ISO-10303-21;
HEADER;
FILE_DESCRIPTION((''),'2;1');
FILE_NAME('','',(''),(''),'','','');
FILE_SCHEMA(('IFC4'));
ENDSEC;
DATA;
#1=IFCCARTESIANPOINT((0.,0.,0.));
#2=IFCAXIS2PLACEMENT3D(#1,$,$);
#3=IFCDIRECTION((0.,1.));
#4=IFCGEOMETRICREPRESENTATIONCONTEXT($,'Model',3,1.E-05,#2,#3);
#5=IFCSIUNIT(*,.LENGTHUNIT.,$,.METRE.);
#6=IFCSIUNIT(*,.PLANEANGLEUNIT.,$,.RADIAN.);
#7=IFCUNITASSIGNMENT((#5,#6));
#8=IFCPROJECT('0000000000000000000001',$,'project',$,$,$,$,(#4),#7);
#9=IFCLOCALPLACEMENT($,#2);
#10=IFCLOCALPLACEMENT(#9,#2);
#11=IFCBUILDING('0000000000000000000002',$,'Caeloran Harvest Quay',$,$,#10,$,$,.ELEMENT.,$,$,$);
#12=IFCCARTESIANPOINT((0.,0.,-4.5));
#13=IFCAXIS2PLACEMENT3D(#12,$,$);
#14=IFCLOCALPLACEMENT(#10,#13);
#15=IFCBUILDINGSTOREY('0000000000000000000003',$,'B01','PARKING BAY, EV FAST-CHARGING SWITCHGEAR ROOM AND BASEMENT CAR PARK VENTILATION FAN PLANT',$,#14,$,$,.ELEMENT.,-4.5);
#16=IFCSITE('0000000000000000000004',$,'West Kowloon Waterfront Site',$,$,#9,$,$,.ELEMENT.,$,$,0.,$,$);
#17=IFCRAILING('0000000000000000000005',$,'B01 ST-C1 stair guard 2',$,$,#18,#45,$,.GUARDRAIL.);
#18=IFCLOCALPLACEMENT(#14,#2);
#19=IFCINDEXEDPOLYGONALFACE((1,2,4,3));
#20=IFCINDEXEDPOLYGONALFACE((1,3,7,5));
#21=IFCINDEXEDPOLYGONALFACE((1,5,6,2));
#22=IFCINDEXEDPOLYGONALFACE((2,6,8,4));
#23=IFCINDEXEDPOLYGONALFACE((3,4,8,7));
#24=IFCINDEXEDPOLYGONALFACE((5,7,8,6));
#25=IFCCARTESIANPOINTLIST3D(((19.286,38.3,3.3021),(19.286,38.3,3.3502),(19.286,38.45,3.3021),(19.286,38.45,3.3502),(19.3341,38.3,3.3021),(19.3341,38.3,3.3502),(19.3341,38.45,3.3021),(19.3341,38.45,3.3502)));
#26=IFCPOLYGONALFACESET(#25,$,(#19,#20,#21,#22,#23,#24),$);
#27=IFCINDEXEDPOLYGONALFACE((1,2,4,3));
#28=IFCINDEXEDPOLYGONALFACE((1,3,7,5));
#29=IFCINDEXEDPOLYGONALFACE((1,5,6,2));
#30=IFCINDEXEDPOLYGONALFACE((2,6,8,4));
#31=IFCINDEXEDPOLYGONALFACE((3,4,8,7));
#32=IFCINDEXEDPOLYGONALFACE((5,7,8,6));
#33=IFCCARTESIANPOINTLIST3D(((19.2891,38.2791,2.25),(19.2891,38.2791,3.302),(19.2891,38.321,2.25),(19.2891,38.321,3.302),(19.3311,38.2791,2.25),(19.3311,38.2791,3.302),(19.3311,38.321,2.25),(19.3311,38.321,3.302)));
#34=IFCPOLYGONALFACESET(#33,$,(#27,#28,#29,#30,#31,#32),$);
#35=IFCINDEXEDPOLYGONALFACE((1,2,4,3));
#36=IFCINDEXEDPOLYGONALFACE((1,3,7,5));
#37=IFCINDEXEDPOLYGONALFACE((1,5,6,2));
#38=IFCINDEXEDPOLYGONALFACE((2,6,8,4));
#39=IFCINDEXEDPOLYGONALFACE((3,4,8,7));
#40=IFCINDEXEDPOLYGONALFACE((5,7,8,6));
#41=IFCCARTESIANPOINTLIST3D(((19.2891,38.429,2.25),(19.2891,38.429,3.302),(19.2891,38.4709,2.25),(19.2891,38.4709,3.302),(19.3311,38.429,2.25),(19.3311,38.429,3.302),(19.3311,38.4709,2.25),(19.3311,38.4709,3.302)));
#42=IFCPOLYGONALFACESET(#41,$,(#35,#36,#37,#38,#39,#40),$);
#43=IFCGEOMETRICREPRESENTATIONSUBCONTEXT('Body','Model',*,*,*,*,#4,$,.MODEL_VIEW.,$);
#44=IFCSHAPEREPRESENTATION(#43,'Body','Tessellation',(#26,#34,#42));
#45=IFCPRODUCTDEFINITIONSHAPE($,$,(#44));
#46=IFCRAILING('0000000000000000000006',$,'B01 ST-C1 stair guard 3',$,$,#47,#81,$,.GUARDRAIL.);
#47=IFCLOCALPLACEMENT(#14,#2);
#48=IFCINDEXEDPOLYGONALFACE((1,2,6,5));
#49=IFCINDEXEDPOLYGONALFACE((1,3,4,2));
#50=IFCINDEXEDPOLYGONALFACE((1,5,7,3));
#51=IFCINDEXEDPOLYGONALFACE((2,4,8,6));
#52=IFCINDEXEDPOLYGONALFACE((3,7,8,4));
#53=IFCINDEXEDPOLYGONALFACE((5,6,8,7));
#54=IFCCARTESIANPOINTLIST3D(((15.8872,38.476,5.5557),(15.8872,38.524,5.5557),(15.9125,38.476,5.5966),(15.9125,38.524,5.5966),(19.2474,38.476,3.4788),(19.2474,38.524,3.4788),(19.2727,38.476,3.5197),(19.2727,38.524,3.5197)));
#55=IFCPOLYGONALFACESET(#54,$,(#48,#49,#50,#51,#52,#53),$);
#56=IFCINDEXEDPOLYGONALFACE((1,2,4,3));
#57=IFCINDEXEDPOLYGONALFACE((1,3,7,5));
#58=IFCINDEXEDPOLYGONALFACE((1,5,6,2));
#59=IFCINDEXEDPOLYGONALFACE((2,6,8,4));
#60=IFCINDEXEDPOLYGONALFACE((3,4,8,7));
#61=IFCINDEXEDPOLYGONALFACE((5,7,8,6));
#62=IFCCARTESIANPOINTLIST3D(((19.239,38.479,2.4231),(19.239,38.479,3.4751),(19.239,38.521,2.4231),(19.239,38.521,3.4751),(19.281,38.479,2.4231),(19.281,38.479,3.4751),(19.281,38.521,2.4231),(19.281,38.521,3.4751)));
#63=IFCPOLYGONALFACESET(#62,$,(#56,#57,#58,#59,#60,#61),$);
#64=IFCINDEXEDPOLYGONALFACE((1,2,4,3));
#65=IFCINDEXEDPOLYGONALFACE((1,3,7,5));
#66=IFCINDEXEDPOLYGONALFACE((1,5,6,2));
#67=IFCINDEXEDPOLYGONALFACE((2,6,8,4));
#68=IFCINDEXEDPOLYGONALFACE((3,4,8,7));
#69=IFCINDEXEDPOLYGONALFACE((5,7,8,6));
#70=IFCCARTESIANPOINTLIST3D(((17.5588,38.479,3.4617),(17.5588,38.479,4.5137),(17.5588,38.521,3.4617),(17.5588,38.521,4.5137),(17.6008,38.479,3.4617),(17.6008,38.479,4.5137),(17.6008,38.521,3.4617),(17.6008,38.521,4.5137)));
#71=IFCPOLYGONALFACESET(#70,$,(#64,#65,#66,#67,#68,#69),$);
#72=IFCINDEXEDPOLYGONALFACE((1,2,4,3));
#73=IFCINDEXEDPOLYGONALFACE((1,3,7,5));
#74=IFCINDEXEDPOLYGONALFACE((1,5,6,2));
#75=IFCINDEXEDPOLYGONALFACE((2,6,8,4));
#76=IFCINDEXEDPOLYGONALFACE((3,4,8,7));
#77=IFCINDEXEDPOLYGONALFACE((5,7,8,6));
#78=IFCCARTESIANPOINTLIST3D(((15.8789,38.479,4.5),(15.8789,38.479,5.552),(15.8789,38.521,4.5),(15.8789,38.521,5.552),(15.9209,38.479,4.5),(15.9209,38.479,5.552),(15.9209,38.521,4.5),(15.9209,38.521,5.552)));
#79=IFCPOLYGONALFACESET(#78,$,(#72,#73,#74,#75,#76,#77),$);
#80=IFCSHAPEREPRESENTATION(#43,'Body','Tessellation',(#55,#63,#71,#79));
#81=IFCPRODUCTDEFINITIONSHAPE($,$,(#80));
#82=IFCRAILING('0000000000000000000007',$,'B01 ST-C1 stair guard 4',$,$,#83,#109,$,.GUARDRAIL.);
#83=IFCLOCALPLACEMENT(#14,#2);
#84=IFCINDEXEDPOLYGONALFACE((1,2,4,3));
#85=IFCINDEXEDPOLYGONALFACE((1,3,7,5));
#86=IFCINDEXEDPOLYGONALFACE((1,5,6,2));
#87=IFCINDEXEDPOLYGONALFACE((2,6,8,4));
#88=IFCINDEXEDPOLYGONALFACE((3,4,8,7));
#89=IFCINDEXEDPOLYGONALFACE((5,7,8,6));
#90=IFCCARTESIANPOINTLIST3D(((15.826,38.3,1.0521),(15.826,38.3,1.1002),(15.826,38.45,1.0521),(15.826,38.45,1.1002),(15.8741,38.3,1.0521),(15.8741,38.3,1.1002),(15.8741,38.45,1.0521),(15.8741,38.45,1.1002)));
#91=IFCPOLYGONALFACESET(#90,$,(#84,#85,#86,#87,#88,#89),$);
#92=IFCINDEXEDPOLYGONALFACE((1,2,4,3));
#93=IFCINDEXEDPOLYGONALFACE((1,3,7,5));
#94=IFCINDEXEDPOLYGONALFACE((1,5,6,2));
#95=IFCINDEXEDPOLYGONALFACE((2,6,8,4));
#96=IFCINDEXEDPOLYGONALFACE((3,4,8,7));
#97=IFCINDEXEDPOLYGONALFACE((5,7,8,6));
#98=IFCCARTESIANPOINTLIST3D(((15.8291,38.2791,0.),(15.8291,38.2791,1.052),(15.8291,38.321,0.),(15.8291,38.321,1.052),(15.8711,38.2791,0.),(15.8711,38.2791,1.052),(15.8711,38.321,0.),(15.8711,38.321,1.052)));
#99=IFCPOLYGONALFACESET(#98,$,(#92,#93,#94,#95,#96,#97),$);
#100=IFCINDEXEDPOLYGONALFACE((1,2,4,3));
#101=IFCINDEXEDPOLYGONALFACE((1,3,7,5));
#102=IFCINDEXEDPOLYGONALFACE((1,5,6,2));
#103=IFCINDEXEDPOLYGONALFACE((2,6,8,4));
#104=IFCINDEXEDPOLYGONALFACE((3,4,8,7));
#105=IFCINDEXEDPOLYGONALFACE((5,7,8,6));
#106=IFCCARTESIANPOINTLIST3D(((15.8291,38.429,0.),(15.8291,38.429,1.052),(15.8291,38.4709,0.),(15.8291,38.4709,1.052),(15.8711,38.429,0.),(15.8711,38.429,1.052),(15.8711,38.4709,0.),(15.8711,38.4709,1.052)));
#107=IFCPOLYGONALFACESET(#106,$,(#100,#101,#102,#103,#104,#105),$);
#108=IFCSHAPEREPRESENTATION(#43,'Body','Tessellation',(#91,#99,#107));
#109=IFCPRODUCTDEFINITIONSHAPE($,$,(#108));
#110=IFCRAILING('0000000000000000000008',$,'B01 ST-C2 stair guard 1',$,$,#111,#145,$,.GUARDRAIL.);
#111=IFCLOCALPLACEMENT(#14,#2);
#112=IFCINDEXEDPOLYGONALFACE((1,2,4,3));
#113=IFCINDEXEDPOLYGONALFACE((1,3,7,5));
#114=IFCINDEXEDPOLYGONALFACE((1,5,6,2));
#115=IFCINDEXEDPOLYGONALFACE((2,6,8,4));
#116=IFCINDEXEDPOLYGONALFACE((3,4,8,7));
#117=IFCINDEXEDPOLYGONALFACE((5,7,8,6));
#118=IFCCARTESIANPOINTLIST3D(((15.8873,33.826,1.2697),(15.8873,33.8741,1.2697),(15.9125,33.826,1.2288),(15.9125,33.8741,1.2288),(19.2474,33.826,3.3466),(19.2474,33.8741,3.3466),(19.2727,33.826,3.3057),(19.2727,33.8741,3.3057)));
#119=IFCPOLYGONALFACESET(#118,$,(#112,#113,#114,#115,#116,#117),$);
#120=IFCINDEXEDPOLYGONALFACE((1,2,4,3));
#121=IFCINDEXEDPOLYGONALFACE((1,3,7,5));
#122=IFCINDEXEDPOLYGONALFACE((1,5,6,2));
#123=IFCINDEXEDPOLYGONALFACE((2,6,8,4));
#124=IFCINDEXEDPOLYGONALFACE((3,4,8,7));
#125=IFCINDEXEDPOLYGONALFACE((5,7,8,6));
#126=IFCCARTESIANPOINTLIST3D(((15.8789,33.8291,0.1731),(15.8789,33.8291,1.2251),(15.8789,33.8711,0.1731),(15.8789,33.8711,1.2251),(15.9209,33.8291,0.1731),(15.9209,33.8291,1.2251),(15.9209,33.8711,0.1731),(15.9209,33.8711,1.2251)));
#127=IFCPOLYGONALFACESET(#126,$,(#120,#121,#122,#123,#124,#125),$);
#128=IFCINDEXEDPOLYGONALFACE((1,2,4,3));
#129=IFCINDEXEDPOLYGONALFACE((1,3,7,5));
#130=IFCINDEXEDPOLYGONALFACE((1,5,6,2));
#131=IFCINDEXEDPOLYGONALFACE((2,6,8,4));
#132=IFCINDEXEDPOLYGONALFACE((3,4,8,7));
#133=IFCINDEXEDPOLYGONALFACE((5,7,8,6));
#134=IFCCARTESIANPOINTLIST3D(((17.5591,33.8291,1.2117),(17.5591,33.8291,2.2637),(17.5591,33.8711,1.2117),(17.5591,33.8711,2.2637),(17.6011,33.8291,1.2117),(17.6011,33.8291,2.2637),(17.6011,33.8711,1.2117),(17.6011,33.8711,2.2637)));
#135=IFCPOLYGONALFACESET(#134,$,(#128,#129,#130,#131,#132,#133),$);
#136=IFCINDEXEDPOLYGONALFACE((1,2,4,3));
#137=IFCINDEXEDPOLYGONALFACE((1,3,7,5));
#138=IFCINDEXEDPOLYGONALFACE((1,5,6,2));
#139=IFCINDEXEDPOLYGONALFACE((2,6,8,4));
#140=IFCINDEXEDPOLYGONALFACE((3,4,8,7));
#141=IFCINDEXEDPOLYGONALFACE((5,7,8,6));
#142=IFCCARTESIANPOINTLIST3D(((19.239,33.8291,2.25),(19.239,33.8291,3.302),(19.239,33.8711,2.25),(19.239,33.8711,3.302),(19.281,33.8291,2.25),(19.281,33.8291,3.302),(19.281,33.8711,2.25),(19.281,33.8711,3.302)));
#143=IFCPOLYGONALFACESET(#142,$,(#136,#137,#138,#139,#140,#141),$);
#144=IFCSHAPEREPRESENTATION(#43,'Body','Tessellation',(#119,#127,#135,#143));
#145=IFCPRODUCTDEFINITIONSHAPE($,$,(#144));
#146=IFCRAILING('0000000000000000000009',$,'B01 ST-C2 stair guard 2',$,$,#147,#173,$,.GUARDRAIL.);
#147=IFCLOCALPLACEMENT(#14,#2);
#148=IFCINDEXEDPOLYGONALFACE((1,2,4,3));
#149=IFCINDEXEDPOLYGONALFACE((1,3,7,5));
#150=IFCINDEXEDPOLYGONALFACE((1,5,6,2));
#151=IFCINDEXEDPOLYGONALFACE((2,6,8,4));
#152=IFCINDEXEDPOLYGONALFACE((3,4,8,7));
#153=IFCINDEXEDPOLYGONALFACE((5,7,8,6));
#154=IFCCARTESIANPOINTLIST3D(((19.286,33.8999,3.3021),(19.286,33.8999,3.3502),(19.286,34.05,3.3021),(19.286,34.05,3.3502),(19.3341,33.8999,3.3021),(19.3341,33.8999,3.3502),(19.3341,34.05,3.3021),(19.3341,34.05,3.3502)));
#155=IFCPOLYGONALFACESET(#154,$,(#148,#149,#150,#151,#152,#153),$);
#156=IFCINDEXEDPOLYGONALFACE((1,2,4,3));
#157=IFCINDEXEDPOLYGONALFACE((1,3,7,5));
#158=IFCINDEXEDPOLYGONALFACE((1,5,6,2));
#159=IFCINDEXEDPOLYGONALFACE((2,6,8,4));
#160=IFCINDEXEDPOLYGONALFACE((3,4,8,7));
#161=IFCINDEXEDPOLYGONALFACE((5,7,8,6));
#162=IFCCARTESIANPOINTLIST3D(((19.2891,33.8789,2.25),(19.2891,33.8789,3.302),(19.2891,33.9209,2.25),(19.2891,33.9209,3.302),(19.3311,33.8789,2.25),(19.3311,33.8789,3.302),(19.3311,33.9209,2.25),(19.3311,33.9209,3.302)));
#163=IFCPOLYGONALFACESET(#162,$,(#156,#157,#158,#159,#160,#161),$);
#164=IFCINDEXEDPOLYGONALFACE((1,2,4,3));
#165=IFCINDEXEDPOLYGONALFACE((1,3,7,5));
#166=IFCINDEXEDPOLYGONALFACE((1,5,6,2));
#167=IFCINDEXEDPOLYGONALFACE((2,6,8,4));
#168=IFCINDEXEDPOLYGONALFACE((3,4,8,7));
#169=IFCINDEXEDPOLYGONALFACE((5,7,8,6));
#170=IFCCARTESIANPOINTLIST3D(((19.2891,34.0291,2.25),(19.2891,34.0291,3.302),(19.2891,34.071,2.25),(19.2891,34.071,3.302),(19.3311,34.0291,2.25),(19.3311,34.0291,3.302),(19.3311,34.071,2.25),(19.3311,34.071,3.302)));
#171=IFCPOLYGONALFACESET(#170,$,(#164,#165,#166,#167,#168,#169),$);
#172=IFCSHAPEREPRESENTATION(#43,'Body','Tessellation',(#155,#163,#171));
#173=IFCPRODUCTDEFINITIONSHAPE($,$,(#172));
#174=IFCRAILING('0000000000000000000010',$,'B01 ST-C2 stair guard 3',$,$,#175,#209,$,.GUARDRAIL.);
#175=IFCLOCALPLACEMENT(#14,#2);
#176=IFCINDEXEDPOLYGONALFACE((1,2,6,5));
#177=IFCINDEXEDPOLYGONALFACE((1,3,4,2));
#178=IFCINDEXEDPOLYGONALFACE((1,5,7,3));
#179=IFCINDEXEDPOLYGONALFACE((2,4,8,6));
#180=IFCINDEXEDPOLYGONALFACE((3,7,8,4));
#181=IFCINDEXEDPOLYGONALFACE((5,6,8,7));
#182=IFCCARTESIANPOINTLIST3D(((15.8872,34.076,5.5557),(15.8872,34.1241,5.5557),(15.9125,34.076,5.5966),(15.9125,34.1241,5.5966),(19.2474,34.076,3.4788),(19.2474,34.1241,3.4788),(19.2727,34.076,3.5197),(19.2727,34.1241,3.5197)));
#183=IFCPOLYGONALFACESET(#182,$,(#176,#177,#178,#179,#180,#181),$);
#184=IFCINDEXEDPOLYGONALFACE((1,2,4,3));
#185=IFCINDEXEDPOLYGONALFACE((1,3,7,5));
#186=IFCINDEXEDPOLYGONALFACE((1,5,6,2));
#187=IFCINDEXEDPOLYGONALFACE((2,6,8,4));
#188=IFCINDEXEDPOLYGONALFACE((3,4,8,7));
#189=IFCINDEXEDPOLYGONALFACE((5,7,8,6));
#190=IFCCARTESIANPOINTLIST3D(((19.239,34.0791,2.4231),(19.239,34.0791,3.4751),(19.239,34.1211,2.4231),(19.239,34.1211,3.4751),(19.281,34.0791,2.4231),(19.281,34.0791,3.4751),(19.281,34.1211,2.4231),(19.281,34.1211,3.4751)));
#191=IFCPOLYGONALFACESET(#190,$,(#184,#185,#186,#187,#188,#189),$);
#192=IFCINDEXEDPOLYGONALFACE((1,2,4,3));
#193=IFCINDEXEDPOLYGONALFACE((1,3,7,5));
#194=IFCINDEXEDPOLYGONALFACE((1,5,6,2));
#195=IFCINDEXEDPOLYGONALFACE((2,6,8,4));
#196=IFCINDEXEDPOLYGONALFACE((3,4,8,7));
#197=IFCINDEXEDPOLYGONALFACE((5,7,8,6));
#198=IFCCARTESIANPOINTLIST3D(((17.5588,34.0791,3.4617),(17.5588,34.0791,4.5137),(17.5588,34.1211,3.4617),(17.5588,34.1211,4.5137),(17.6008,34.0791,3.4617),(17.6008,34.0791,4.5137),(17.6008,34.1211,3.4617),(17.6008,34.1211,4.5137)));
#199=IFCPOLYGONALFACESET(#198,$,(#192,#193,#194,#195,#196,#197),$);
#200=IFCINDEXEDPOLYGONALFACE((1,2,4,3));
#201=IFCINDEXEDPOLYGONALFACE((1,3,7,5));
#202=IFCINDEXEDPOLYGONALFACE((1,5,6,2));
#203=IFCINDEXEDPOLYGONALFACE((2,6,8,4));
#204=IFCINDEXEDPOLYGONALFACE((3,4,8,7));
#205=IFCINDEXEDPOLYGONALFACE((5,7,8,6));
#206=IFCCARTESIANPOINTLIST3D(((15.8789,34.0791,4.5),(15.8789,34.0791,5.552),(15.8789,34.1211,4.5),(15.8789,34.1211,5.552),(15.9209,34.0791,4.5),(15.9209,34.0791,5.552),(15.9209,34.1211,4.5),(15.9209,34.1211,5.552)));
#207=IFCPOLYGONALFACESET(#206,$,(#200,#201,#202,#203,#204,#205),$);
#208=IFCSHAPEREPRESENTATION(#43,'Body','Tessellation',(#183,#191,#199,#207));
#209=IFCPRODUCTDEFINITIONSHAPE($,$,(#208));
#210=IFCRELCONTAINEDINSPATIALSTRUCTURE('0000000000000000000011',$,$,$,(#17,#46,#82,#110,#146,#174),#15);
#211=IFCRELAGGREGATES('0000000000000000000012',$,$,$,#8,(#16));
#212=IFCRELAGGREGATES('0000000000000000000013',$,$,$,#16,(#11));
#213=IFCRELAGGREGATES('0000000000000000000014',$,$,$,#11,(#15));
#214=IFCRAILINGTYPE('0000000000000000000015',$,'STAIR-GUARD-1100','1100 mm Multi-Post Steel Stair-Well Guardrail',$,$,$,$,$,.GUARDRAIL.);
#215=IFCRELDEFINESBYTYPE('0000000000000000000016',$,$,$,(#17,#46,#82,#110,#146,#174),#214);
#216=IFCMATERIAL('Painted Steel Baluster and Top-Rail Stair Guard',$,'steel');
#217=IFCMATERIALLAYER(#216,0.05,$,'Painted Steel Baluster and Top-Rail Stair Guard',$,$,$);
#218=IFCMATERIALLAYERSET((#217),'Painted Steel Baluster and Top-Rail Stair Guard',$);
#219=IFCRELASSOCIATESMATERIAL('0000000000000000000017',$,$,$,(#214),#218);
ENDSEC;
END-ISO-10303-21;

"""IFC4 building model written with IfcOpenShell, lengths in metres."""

from ifc_helpers import new_model, si_unit, direction, frame, origin, origin_2d, place, context, subcontext, project, spatial, rectangle, extrude, material, layer, layer_set, type_object, element, save


model = new_model("IFC4")

# Units and contexts
model_context = context("Model", 3, precision=1e-05, world=origin(), true_north=direction((0.0, 1.0)))
body_context = subcontext(model_context, "Body", "Model", "MODEL_VIEW")
ifc_project = project(units=[si_unit("LENGTHUNIT", "METRE"), si_unit("PLANEANGLEUNIT", "RADIAN")], contexts=[model_context])

# Site, building, storey
site_placement = place(None, origin())
site = spatial("IfcSite", under=ifc_project, at=site_placement, Name="West Kowloon Waterfront Site", CompositionType="ELEMENT", RefElevation=0.0)
building_placement = place(site_placement, origin())
building = spatial("IfcBuilding", under=site, at=building_placement, Name="Caeloran Harvest Quay", CompositionType="ELEMENT")
storey_placement = place(building_placement, frame((0.0, 0.0, -4.5)))
storey = spatial("IfcBuildingStorey", under=building, at=storey_placement, Name="B01", Description="PARKING BAY, EV FAST-CHARGING SWITCHGEAR ROOM AND BASEMENT CAR PARK VENTILATION FAN PLANT", CompositionType="ELEMENT", Elevation=-4.5)

# Railings
ifc_material_1 = material(Name="Painted Steel Baluster and Top-Rail Stair Guard", Category="steel")
ifc_layer_1 = layer(ifc_material_1, 0.05, Name="Painted Steel Baluster and Top-Rail Stair Guard")
ifc_layer_set_1 = layer_set([ifc_layer_1], Name="Painted Steel Baluster and Top-Rail Stair Guard")
railing_type_1 = type_object("IfcRailingType", Name="STAIR-GUARD-1100", Description="1100 mm Multi-Post Steel Stair-Well Guardrail", PredefinedType="GUARDRAIL", material=ifc_layer_set_1)
railing_1_placement = place(storey_placement, frame((19.3101, 38.3, 2.25)))
element("IfcRailing", 1, at=railing_1_placement, inside=storey, type_object=railing_type_1, Name="B01 ST-C1 stair guard 2", PredefinedType="GUARDRAIL", context=body_context, shape_type="SweptSolid", body=[
    extrude(rectangle(XDim=0.0481, YDim=0.0481, at=origin_2d()), frame((0.0, 0.0, 1.0762), z_axis=(0.0, 1.0, 0.0), x_axis=(-1.0, 0.0, 0.0)), (0.0, 0.0, 1.0), 0.1499),
    extrude(rectangle(XDim=0.042, YDim=0.042, at=origin_2d()), origin(), (0.0, 0.0, 1.0), 1.052),
    extrude(rectangle(XDim=0.042, YDim=0.042, at=origin_2d()), frame((0.0, 0.1499, 0.0)), (0.0, 0.0, 1.0), 1.052),
])
railing_2_placement = place(storey_placement, frame((19.26, 38.5, 2.4231)))
element("IfcRailing", 2, at=railing_2_placement, inside=storey, type_object=railing_type_1, Name="B01 ST-C1 stair guard 3", PredefinedType="GUARDRAIL", context=body_context, shape_type="SweptSolid", body=[
    extrude(rectangle(XDim=0.0481, YDim=0.0481, at=origin_2d()), frame((0.0, 0.0, 1.0762), z_axis=(-0.850623, 0.0, 0.525776), x_axis=(0.0, -1.0, 0.0)), (0.0, 0.0, 1.0), 3.9502),
    extrude(rectangle(XDim=0.042, YDim=0.042, at=origin_2d()), origin(), (0.0, 0.0, 1.0), 1.052),
    extrude(rectangle(XDim=0.042, YDim=0.042, at=origin_2d()), frame((-1.6802, 0.0, 1.0386)), (0.0, 0.0, 1.0), 1.052),
    extrude(rectangle(XDim=0.042, YDim=0.042, at=origin_2d()), frame((-3.3601, 0.0, 2.0769)), (0.0, 0.0, 1.0), 1.052),
])
railing_3_placement = place(storey_placement, frame((15.8501, 38.3, 0.0)))
element("IfcRailing", 3, at=railing_3_placement, inside=storey, type_object=railing_type_1, Name="B01 ST-C1 stair guard 4", PredefinedType="GUARDRAIL", context=body_context, shape_type="SweptSolid", body=[
    extrude(rectangle(XDim=0.0481, YDim=0.0481, at=origin_2d()), frame((0.0, 0.0, 1.0762), z_axis=(0.0, 1.0, 0.0), x_axis=(-1.0, 0.0, 0.0)), (0.0, 0.0, 1.0), 0.1499),
    extrude(rectangle(XDim=0.042, YDim=0.042, at=origin_2d()), origin(), (0.0, 0.0, 1.0), 1.052),
    extrude(rectangle(XDim=0.042, YDim=0.042, at=origin_2d()), frame((0.0, 0.1499, 0.0)), (0.0, 0.0, 1.0), 1.052),
])
railing_4_placement = place(storey_placement, frame((15.8999, 33.8501, 0.1731)))
element("IfcRailing", 4, at=railing_4_placement, inside=storey, type_object=railing_type_1, Name="B01 ST-C2 stair guard 1", PredefinedType="GUARDRAIL", context=body_context, shape_type="SweptSolid", body=[
    extrude(rectangle(XDim=0.0481, YDim=0.0481, at=origin_2d()), frame((0.0, 0.0, 1.0762), z_axis=(0.850623, 0.0, 0.525776), x_axis=(0.0, 1.0, 0.0)), (0.0, 0.0, 1.0), 3.9502),
    extrude(rectangle(XDim=0.042, YDim=0.042, at=origin_2d()), origin(), (0.0, 0.0, 1.0), 1.052),
    extrude(rectangle(XDim=0.042, YDim=0.042, at=origin_2d()), frame((1.6802, 0.0, 1.0386)), (0.0, 0.0, 1.0), 1.052),
    extrude(rectangle(XDim=0.042, YDim=0.042, at=origin_2d()), frame((3.3601, 0.0, 2.0769)), (0.0, 0.0, 1.0), 1.052),
])
railing_5_placement = place(storey_placement, frame((19.3101, 33.8999, 2.25)))
element("IfcRailing", 5, at=railing_5_placement, inside=storey, type_object=railing_type_1, Name="B01 ST-C2 stair guard 2", PredefinedType="GUARDRAIL", context=body_context, shape_type="SweptSolid", body=[
    extrude(rectangle(XDim=0.0481, YDim=0.0481, at=origin_2d()), frame((0.0, 0.0, 1.0762), z_axis=(0.0, 1.0, 0.0), x_axis=(-1.0, 0.0, 0.0)), (0.0, 0.0, 1.0), 0.1501),
    extrude(rectangle(XDim=0.042, YDim=0.042, at=origin_2d()), origin(), (0.0, 0.0, 1.0), 1.052),
    extrude(rectangle(XDim=0.042, YDim=0.042, at=origin_2d()), frame((0.0, 0.1501, 0.0)), (0.0, 0.0, 1.0), 1.052),
])
railing_6_placement = place(storey_placement, frame((19.26, 34.1001, 2.4231)))
element("IfcRailing", 6, at=railing_6_placement, inside=storey, type_object=railing_type_1, Name="B01 ST-C2 stair guard 3", PredefinedType="GUARDRAIL", context=body_context, shape_type="SweptSolid", body=[
    extrude(rectangle(XDim=0.0481, YDim=0.0481, at=origin_2d()), frame((0.0, 0.0, 1.0762), z_axis=(-0.850623, 0.0, 0.525776), x_axis=(0.0, -1.0, 0.0)), (0.0, 0.0, 1.0), 3.9502),
    extrude(rectangle(XDim=0.042, YDim=0.042, at=origin_2d()), origin(), (0.0, 0.0, 1.0), 1.052),
    extrude(rectangle(XDim=0.042, YDim=0.042, at=origin_2d()), frame((-1.6802, 0.0, 1.0386)), (0.0, 0.0, 1.0), 1.052),
    extrude(rectangle(XDim=0.042, YDim=0.042, at=origin_2d()), frame((-3.3601, 0.0, 2.0769)), (0.0, 0.0, 1.0), 1.052),
])

save(model, "model.ifc")
